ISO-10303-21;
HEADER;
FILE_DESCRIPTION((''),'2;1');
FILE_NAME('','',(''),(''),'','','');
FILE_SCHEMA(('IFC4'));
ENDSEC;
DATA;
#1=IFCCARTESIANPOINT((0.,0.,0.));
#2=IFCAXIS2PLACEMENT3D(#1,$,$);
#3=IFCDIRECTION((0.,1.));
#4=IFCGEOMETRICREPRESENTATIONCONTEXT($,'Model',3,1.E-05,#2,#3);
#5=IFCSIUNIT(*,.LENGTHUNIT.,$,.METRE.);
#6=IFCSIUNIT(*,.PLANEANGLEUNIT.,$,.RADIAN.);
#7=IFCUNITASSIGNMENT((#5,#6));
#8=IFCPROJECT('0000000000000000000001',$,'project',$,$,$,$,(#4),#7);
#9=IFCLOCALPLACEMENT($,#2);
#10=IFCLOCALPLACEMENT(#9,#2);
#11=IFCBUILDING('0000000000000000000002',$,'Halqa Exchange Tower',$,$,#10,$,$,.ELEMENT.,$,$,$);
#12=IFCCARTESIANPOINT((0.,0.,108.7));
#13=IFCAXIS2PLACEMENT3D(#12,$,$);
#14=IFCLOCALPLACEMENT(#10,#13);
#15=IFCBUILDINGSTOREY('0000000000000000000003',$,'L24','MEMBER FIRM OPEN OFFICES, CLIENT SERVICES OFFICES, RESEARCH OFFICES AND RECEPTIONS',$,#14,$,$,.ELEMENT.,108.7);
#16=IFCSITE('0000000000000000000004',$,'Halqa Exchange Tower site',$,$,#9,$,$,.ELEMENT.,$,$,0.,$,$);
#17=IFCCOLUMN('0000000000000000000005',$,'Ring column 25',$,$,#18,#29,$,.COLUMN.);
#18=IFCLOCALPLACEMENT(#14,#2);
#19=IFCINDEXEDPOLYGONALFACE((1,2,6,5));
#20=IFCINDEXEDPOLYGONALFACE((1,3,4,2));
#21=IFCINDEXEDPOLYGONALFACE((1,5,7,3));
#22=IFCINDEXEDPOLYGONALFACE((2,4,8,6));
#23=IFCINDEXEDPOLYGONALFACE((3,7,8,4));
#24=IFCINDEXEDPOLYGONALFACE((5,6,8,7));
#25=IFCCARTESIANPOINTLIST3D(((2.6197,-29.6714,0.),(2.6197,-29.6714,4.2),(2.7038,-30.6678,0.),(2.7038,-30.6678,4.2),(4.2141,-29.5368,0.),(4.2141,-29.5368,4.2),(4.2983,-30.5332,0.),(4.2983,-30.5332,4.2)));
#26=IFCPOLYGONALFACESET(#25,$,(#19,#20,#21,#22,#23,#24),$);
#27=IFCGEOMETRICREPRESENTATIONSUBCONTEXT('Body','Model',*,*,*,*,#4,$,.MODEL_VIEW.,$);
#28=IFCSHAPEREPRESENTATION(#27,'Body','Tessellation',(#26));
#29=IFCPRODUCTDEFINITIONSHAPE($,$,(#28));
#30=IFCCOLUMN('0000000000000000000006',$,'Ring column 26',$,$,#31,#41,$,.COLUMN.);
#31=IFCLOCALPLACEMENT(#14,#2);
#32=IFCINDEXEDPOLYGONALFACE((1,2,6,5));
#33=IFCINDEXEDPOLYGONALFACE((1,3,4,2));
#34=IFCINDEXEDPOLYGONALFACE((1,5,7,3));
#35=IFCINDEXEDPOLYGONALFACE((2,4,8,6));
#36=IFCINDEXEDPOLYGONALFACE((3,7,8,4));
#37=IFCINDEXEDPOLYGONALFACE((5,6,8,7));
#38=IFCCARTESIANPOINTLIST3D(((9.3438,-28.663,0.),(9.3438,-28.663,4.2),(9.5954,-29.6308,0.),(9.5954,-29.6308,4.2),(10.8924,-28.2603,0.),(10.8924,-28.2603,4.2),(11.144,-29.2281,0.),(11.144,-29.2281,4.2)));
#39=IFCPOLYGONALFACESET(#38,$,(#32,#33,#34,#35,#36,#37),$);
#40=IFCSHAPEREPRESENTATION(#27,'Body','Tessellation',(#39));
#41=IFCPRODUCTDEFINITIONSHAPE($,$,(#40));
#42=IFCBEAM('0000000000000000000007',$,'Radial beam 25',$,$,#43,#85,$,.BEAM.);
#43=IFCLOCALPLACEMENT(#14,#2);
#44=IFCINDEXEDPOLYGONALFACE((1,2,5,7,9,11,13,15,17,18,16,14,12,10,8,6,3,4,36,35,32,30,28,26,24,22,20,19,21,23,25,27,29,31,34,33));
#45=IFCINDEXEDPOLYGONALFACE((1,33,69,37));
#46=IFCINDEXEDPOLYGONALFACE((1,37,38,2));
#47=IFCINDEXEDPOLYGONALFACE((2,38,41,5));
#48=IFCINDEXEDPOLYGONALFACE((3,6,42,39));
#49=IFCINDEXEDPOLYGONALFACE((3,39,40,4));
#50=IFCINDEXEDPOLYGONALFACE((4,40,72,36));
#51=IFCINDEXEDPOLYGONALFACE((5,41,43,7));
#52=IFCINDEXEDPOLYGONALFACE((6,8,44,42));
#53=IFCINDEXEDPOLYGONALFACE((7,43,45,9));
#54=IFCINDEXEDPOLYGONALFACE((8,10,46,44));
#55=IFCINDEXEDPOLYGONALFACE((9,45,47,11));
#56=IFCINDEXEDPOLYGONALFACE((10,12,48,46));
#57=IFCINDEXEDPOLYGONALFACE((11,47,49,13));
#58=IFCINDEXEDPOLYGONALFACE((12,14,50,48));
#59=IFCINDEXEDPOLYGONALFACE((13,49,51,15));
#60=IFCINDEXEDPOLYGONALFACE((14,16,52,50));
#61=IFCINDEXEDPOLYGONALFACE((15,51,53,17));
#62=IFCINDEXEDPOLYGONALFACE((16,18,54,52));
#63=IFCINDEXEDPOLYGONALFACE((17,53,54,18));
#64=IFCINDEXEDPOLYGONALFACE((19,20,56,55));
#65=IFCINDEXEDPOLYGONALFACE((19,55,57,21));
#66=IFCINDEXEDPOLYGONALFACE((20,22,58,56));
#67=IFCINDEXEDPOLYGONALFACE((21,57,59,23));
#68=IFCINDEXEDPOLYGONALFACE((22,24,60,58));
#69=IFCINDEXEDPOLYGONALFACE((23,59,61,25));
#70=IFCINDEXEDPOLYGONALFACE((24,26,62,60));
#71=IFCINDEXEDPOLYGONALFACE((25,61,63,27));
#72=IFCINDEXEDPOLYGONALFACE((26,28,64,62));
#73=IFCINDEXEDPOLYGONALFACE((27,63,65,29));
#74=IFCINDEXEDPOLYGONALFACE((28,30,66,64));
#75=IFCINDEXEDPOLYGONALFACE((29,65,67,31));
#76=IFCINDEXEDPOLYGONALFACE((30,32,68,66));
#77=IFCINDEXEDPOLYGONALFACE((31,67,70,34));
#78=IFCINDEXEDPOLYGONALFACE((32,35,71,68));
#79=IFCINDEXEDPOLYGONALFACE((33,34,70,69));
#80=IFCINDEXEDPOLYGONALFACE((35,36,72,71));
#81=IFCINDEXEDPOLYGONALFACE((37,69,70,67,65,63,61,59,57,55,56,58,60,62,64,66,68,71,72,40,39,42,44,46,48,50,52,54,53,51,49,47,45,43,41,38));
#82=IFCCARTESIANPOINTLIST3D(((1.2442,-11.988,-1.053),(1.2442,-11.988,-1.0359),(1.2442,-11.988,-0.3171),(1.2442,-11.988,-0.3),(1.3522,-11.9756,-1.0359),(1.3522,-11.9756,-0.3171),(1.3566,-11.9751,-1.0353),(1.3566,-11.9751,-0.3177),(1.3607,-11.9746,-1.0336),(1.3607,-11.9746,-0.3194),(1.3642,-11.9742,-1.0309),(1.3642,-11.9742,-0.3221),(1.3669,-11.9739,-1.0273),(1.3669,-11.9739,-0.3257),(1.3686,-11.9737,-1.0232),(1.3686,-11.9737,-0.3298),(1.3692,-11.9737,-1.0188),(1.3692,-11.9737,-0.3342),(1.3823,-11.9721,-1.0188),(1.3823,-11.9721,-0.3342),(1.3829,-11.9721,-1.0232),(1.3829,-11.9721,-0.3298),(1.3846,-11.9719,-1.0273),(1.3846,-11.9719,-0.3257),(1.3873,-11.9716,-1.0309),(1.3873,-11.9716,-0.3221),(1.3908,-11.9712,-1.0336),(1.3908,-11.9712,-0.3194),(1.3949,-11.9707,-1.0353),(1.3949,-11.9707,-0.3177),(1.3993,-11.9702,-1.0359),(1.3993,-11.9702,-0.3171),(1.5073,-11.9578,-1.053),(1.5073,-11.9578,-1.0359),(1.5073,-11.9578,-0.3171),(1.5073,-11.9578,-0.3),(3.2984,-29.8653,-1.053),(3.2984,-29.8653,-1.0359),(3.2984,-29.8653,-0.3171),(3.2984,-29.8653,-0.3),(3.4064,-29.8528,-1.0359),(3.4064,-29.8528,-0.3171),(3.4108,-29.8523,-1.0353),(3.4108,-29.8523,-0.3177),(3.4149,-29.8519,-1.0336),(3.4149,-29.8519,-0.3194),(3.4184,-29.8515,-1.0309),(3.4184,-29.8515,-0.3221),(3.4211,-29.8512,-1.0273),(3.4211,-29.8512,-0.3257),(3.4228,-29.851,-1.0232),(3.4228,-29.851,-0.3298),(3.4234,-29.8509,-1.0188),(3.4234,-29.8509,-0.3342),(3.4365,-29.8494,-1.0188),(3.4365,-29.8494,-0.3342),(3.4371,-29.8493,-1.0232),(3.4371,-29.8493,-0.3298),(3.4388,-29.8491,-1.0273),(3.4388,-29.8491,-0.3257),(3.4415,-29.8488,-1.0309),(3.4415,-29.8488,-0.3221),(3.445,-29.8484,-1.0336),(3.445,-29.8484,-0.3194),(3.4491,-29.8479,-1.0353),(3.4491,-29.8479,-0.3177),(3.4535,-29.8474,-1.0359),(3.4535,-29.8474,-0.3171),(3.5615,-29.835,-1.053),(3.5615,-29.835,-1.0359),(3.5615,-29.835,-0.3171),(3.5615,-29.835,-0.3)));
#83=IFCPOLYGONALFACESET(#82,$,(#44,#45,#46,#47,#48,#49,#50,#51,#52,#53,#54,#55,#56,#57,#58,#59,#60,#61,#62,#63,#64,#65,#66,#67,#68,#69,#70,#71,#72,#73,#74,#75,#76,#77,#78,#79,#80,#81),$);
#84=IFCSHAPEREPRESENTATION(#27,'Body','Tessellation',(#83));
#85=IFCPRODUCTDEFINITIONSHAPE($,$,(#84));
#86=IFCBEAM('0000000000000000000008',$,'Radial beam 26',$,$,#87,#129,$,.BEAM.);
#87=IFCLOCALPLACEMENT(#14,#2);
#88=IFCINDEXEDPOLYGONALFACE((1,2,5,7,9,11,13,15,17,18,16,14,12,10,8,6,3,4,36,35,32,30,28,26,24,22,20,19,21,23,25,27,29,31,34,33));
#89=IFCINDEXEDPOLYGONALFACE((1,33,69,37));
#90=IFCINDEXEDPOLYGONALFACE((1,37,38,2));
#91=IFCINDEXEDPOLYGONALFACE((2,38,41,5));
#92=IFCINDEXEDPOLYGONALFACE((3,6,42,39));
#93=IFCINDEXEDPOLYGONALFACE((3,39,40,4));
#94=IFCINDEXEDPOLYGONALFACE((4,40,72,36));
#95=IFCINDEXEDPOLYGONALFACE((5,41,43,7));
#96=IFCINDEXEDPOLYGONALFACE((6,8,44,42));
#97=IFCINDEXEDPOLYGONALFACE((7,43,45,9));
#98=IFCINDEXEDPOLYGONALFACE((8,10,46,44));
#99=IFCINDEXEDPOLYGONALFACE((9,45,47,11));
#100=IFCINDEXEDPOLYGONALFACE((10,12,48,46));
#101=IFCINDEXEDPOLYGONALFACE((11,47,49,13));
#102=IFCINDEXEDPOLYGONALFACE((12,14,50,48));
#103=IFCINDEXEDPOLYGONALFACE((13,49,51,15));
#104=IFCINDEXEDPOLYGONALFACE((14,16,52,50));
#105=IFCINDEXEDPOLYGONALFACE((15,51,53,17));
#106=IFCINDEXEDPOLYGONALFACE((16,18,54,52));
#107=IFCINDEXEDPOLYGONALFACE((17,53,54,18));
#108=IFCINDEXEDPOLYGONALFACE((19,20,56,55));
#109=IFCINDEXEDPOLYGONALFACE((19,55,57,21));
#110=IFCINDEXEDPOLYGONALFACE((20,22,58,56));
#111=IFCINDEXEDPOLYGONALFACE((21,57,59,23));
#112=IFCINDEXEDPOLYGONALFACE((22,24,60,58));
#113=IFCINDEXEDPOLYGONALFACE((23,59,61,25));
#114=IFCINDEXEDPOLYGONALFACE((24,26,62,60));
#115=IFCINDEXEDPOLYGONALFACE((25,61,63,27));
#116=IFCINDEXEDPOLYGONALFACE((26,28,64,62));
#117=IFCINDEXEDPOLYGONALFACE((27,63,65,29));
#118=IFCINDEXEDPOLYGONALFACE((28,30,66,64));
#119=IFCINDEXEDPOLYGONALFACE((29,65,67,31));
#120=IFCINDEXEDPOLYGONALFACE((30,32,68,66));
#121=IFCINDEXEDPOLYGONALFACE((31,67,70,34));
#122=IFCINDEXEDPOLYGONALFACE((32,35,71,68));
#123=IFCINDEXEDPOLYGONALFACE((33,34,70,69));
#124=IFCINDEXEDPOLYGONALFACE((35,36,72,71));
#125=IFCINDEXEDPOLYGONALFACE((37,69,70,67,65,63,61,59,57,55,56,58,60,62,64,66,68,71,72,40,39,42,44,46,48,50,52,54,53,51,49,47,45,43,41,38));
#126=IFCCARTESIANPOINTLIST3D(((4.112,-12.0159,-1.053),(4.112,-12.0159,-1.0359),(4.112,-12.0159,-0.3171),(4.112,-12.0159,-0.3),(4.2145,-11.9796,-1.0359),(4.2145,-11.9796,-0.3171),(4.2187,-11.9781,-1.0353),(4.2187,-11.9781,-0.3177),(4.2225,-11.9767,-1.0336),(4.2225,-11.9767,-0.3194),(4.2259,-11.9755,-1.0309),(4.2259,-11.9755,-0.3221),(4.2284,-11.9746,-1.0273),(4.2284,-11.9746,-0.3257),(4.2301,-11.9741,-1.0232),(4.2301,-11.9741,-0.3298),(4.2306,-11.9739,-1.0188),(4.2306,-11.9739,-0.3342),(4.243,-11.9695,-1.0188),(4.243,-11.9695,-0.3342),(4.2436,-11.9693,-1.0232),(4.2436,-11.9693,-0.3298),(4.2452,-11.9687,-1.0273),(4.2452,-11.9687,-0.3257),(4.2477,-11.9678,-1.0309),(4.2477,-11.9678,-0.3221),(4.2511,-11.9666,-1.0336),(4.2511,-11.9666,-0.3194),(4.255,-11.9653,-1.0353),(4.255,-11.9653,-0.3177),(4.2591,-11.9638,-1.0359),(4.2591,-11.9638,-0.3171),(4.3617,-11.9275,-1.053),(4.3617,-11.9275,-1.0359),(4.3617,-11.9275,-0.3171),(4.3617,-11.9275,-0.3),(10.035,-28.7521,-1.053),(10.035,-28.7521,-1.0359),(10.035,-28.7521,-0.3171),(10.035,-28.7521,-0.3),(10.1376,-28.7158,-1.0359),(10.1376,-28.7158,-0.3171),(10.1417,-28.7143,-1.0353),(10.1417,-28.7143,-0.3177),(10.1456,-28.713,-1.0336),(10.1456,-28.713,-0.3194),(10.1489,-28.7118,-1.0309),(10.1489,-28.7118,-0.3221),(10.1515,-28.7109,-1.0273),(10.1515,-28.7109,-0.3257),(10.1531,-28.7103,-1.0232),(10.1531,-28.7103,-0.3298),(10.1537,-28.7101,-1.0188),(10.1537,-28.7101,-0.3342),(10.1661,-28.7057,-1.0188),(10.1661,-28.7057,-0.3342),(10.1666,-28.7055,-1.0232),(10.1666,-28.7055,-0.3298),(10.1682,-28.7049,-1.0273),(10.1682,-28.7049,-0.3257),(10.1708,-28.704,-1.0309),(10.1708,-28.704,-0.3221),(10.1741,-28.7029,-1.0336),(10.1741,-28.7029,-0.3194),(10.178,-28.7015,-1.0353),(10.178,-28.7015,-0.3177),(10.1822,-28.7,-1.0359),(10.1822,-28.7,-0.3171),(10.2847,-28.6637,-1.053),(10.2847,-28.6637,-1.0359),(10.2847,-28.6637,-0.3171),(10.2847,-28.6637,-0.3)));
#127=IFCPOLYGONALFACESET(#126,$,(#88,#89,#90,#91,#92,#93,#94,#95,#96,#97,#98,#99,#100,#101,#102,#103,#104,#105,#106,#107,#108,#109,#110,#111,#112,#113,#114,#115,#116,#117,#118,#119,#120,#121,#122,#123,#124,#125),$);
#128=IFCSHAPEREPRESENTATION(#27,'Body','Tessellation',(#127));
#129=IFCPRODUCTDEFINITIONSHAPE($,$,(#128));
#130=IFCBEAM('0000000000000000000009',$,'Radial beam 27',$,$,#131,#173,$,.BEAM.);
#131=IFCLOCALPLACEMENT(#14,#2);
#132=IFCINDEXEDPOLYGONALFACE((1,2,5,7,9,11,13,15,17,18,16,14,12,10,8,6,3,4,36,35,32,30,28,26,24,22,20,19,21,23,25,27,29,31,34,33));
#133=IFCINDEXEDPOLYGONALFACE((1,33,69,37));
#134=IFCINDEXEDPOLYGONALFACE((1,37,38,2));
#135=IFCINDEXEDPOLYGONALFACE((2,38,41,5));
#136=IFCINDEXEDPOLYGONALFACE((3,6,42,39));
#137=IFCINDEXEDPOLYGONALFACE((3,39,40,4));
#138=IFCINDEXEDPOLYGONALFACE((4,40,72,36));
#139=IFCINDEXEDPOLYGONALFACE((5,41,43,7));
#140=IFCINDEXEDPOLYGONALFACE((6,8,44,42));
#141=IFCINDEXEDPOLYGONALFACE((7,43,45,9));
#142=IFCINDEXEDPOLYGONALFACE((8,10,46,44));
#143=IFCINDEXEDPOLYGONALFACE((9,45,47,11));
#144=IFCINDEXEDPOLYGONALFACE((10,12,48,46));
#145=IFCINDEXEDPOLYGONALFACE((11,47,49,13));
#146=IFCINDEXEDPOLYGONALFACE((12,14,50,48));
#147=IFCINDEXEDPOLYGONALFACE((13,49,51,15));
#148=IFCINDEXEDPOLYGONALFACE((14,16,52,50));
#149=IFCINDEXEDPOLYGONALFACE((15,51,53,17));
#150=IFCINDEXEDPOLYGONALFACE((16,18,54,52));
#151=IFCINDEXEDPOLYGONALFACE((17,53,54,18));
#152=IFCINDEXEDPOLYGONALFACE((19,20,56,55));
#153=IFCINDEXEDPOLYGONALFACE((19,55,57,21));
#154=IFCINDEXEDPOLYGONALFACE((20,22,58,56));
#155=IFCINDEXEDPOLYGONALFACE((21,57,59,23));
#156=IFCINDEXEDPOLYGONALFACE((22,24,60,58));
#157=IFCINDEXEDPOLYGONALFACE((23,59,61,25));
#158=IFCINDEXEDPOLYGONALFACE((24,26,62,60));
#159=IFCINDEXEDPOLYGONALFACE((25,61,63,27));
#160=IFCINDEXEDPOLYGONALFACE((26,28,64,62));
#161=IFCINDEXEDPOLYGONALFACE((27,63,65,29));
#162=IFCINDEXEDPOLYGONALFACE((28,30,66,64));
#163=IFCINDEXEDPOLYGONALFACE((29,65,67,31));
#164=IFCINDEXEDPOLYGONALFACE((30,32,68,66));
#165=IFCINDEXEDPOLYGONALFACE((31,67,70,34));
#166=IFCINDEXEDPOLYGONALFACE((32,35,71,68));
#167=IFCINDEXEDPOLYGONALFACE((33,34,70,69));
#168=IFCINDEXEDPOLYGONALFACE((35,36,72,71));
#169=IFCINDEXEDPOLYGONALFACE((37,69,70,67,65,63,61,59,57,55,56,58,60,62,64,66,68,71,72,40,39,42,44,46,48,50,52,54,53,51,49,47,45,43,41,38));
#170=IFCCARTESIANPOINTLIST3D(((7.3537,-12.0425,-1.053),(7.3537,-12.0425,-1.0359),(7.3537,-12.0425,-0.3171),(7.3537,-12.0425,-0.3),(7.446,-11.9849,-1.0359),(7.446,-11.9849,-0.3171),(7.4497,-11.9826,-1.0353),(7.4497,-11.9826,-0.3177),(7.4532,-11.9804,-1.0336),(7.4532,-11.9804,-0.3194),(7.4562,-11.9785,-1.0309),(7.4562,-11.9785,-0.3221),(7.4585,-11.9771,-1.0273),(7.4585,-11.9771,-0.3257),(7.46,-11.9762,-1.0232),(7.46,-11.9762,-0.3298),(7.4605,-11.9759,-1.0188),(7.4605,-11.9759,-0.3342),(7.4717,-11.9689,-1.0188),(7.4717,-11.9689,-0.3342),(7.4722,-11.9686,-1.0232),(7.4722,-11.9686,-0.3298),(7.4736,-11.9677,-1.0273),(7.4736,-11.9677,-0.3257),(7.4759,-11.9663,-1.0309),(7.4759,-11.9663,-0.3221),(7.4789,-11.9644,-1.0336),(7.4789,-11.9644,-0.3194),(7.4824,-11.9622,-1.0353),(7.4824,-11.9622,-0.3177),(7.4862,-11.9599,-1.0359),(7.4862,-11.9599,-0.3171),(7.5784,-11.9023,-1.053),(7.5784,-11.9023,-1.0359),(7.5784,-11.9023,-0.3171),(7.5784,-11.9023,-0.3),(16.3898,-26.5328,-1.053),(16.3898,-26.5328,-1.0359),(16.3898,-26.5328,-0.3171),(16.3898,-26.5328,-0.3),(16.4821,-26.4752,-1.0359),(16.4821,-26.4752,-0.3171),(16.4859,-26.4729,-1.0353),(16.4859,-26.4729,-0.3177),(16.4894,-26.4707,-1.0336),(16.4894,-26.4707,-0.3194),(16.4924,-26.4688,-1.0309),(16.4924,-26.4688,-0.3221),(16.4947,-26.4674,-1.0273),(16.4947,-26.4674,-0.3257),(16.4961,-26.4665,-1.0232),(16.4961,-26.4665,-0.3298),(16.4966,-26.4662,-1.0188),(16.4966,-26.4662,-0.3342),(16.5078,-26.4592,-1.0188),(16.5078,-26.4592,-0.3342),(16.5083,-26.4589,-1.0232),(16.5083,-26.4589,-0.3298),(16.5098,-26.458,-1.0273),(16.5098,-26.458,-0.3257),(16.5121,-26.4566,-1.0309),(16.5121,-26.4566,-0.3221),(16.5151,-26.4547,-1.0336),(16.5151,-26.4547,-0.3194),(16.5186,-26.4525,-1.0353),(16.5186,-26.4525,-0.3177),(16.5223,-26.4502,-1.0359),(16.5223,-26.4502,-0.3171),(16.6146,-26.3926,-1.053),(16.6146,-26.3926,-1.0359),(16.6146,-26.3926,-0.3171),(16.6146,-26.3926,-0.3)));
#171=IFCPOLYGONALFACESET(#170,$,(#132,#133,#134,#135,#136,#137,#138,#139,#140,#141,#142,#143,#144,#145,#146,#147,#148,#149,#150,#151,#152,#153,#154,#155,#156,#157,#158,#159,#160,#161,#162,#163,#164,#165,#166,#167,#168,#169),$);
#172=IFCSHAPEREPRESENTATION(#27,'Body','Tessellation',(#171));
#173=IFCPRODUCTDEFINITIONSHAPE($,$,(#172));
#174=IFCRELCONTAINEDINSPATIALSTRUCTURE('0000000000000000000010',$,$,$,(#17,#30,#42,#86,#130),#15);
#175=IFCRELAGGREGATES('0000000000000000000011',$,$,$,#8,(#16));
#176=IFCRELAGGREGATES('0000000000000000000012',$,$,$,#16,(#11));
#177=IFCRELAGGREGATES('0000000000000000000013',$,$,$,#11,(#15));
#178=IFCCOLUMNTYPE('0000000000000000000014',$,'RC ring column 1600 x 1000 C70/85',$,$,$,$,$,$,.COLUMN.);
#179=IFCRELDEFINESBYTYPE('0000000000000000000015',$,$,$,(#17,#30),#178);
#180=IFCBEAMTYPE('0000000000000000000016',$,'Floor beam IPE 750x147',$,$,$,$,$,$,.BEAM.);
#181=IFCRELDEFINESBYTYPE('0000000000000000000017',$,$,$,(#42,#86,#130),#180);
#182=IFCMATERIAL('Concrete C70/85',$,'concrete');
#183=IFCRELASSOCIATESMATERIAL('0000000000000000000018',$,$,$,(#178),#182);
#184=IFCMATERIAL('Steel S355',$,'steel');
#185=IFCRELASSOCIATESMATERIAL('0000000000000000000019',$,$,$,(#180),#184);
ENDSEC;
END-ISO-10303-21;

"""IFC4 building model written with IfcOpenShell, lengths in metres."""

from ifc_helpers import new_model, si_unit, direction, frame, origin, origin_2d, place, context, subcontext, project, spatial, rectangle, i_section, extrude, material, material_profile, profile_set, type_object, element, save


model = new_model("IFC4")

# Units and contexts
model_context = context("Model", 3, precision=1e-05, world=origin(), true_north=direction((0.0, 1.0)))
body_context = subcontext(model_context, "Body", "Model", "MODEL_VIEW")
ifc_project = project(units=[si_unit("LENGTHUNIT", "METRE"), si_unit("PLANEANGLEUNIT", "RADIAN")], contexts=[model_context])

# Site, building, storey
site_placement = place(None, origin())
site = spatial("IfcSite", under=ifc_project, at=site_placement, Name="Halqa Exchange Tower site", CompositionType="ELEMENT", RefElevation=0.0)
building_placement = place(site_placement, origin())
building = spatial("IfcBuilding", under=site, at=building_placement, Name="Halqa Exchange Tower", CompositionType="ELEMENT")
storey_placement = place(building_placement, frame((0.0, 0.0, 108.7)))
storey = spatial("IfcBuildingStorey", under=building, at=storey_placement, Name="L24", Description="MEMBER FIRM OPEN OFFICES, CLIENT SERVICES OFFICES, RESEARCH OFFICES AND RECEPTIONS", CompositionType="ELEMENT", Elevation=108.7)

# Columns
ifc_material_1 = material(Name="Concrete C70/85", Category="concrete")
ifc_material_profile_1 = material_profile(ifc_material_1, rectangle(XDim=1.6001, YDim=1.0, at=origin_2d()), Name="1600 x 1000")
ifc_profile_set_1 = profile_set([ifc_material_profile_1], Name="Concrete C70/85")
column_type = type_object("IfcColumnType", Name="RC ring column 1600 x 1000 C70/85", PredefinedType="COLUMN", material=ifc_profile_set_1)
for number, where, z_axis, x_axis, name in (
    (1, (3.459, -30.1023, 0.0), (0.0, 0.0, 1.0), (0.996456, 0.08412, 0.0), "Ring column 25"),
    (2, (10.2439, -28.9456, 0.0), (0.0, 0.0, 1.0), (0.96782, 0.251644, 0.0), "Ring column 26"),
):
    element("IfcColumn", number, at=place(storey_placement, frame(where, z_axis=z_axis, x_axis=x_axis)), inside=storey, type_object=column_type, Name=name, PredefinedType="COLUMN", context=body_context, shape_type="SweptSolid", body=[
        extrude(rectangle(XDim=1.6001, YDim=1.0, at=origin_2d()), origin(), (0.0, 0.0, 1.0), 4.2),
    ])

# Beams
ifc_material_2 = material(Name="Steel S355", Category="steel")
ifc_material_profile_2 = material_profile(ifc_material_2, i_section(OverallWidth=0.2649, OverallDepth=0.7529, WebThickness=0.0132, FlangeThickness=0.0171, FilletRadius=0.0171, at=origin_2d()), Name="IPE 750x147")
ifc_profile_set_2 = profile_set([ifc_material_profile_2], Name="Steel S355")
beam_type_1 = type_object("IfcBeamType", Name="Floor beam IPE 750x147", PredefinedType="BEAM", material=ifc_profile_set_2)
beam_1_placement = place(storey_placement, frame((1.3757, -11.9729, -0.6765), z_axis=(0.114155, -0.993463, 0.0), x_axis=(0.993463, 0.114155, 0.0)))
element("IfcBeam", 3, at=beam_1_placement, inside=storey, type_object=beam_type_1, Name="Radial beam 25", PredefinedType="BEAM", context=body_context, shape_type="SweptSolid", body=[
    extrude(i_section(OverallWidth=0.2649, OverallDepth=0.7529, WebThickness=0.0132, FlangeThickness=0.0171, FilletRadius=0.0171, at=origin_2d()), origin(), (0.0, 0.0, 1.0), 17.9949),
])
beam_2_placement = place(storey_placement, frame((4.2368, -11.9717, -0.6765), z_axis=(0.333629, -0.942704, 0.0), x_axis=(0.942704, 0.333629, 0.0)))
element("IfcBeam", 4, at=beam_2_placement, inside=storey, type_object=beam_type_1, Name="Radial beam 26", PredefinedType="BEAM", context=body_context, shape_type="SweptSolid", body=[
    extrude(i_section(OverallWidth=0.2649, OverallDepth=0.7529, WebThickness=0.0132, FlangeThickness=0.0171, FilletRadius=0.0171, at=origin_2d()), origin(), (0.0, 0.0, 1.0), 17.7534),
])
beam_3_placement = place(storey_placement, frame((7.4661, -11.9724, -0.6765), z_axis=(0.529145, -0.848531, 0.0), x_axis=(0.848531, 0.529145, 0.0)))
element("IfcBeam", 5, at=beam_3_placement, inside=storey, type_object=beam_type_1, Name="Radial beam 27", PredefinedType="BEAM", context=body_context, shape_type="SweptSolid", body=[
    extrude(i_section(OverallWidth=0.2649, OverallDepth=0.7529, WebThickness=0.0132, FlangeThickness=0.0171, FilletRadius=0.0171, at=origin_2d()), origin(), (0.0, 0.0, 1.0), 17.0769),
])

save(model, "model.ifc")
